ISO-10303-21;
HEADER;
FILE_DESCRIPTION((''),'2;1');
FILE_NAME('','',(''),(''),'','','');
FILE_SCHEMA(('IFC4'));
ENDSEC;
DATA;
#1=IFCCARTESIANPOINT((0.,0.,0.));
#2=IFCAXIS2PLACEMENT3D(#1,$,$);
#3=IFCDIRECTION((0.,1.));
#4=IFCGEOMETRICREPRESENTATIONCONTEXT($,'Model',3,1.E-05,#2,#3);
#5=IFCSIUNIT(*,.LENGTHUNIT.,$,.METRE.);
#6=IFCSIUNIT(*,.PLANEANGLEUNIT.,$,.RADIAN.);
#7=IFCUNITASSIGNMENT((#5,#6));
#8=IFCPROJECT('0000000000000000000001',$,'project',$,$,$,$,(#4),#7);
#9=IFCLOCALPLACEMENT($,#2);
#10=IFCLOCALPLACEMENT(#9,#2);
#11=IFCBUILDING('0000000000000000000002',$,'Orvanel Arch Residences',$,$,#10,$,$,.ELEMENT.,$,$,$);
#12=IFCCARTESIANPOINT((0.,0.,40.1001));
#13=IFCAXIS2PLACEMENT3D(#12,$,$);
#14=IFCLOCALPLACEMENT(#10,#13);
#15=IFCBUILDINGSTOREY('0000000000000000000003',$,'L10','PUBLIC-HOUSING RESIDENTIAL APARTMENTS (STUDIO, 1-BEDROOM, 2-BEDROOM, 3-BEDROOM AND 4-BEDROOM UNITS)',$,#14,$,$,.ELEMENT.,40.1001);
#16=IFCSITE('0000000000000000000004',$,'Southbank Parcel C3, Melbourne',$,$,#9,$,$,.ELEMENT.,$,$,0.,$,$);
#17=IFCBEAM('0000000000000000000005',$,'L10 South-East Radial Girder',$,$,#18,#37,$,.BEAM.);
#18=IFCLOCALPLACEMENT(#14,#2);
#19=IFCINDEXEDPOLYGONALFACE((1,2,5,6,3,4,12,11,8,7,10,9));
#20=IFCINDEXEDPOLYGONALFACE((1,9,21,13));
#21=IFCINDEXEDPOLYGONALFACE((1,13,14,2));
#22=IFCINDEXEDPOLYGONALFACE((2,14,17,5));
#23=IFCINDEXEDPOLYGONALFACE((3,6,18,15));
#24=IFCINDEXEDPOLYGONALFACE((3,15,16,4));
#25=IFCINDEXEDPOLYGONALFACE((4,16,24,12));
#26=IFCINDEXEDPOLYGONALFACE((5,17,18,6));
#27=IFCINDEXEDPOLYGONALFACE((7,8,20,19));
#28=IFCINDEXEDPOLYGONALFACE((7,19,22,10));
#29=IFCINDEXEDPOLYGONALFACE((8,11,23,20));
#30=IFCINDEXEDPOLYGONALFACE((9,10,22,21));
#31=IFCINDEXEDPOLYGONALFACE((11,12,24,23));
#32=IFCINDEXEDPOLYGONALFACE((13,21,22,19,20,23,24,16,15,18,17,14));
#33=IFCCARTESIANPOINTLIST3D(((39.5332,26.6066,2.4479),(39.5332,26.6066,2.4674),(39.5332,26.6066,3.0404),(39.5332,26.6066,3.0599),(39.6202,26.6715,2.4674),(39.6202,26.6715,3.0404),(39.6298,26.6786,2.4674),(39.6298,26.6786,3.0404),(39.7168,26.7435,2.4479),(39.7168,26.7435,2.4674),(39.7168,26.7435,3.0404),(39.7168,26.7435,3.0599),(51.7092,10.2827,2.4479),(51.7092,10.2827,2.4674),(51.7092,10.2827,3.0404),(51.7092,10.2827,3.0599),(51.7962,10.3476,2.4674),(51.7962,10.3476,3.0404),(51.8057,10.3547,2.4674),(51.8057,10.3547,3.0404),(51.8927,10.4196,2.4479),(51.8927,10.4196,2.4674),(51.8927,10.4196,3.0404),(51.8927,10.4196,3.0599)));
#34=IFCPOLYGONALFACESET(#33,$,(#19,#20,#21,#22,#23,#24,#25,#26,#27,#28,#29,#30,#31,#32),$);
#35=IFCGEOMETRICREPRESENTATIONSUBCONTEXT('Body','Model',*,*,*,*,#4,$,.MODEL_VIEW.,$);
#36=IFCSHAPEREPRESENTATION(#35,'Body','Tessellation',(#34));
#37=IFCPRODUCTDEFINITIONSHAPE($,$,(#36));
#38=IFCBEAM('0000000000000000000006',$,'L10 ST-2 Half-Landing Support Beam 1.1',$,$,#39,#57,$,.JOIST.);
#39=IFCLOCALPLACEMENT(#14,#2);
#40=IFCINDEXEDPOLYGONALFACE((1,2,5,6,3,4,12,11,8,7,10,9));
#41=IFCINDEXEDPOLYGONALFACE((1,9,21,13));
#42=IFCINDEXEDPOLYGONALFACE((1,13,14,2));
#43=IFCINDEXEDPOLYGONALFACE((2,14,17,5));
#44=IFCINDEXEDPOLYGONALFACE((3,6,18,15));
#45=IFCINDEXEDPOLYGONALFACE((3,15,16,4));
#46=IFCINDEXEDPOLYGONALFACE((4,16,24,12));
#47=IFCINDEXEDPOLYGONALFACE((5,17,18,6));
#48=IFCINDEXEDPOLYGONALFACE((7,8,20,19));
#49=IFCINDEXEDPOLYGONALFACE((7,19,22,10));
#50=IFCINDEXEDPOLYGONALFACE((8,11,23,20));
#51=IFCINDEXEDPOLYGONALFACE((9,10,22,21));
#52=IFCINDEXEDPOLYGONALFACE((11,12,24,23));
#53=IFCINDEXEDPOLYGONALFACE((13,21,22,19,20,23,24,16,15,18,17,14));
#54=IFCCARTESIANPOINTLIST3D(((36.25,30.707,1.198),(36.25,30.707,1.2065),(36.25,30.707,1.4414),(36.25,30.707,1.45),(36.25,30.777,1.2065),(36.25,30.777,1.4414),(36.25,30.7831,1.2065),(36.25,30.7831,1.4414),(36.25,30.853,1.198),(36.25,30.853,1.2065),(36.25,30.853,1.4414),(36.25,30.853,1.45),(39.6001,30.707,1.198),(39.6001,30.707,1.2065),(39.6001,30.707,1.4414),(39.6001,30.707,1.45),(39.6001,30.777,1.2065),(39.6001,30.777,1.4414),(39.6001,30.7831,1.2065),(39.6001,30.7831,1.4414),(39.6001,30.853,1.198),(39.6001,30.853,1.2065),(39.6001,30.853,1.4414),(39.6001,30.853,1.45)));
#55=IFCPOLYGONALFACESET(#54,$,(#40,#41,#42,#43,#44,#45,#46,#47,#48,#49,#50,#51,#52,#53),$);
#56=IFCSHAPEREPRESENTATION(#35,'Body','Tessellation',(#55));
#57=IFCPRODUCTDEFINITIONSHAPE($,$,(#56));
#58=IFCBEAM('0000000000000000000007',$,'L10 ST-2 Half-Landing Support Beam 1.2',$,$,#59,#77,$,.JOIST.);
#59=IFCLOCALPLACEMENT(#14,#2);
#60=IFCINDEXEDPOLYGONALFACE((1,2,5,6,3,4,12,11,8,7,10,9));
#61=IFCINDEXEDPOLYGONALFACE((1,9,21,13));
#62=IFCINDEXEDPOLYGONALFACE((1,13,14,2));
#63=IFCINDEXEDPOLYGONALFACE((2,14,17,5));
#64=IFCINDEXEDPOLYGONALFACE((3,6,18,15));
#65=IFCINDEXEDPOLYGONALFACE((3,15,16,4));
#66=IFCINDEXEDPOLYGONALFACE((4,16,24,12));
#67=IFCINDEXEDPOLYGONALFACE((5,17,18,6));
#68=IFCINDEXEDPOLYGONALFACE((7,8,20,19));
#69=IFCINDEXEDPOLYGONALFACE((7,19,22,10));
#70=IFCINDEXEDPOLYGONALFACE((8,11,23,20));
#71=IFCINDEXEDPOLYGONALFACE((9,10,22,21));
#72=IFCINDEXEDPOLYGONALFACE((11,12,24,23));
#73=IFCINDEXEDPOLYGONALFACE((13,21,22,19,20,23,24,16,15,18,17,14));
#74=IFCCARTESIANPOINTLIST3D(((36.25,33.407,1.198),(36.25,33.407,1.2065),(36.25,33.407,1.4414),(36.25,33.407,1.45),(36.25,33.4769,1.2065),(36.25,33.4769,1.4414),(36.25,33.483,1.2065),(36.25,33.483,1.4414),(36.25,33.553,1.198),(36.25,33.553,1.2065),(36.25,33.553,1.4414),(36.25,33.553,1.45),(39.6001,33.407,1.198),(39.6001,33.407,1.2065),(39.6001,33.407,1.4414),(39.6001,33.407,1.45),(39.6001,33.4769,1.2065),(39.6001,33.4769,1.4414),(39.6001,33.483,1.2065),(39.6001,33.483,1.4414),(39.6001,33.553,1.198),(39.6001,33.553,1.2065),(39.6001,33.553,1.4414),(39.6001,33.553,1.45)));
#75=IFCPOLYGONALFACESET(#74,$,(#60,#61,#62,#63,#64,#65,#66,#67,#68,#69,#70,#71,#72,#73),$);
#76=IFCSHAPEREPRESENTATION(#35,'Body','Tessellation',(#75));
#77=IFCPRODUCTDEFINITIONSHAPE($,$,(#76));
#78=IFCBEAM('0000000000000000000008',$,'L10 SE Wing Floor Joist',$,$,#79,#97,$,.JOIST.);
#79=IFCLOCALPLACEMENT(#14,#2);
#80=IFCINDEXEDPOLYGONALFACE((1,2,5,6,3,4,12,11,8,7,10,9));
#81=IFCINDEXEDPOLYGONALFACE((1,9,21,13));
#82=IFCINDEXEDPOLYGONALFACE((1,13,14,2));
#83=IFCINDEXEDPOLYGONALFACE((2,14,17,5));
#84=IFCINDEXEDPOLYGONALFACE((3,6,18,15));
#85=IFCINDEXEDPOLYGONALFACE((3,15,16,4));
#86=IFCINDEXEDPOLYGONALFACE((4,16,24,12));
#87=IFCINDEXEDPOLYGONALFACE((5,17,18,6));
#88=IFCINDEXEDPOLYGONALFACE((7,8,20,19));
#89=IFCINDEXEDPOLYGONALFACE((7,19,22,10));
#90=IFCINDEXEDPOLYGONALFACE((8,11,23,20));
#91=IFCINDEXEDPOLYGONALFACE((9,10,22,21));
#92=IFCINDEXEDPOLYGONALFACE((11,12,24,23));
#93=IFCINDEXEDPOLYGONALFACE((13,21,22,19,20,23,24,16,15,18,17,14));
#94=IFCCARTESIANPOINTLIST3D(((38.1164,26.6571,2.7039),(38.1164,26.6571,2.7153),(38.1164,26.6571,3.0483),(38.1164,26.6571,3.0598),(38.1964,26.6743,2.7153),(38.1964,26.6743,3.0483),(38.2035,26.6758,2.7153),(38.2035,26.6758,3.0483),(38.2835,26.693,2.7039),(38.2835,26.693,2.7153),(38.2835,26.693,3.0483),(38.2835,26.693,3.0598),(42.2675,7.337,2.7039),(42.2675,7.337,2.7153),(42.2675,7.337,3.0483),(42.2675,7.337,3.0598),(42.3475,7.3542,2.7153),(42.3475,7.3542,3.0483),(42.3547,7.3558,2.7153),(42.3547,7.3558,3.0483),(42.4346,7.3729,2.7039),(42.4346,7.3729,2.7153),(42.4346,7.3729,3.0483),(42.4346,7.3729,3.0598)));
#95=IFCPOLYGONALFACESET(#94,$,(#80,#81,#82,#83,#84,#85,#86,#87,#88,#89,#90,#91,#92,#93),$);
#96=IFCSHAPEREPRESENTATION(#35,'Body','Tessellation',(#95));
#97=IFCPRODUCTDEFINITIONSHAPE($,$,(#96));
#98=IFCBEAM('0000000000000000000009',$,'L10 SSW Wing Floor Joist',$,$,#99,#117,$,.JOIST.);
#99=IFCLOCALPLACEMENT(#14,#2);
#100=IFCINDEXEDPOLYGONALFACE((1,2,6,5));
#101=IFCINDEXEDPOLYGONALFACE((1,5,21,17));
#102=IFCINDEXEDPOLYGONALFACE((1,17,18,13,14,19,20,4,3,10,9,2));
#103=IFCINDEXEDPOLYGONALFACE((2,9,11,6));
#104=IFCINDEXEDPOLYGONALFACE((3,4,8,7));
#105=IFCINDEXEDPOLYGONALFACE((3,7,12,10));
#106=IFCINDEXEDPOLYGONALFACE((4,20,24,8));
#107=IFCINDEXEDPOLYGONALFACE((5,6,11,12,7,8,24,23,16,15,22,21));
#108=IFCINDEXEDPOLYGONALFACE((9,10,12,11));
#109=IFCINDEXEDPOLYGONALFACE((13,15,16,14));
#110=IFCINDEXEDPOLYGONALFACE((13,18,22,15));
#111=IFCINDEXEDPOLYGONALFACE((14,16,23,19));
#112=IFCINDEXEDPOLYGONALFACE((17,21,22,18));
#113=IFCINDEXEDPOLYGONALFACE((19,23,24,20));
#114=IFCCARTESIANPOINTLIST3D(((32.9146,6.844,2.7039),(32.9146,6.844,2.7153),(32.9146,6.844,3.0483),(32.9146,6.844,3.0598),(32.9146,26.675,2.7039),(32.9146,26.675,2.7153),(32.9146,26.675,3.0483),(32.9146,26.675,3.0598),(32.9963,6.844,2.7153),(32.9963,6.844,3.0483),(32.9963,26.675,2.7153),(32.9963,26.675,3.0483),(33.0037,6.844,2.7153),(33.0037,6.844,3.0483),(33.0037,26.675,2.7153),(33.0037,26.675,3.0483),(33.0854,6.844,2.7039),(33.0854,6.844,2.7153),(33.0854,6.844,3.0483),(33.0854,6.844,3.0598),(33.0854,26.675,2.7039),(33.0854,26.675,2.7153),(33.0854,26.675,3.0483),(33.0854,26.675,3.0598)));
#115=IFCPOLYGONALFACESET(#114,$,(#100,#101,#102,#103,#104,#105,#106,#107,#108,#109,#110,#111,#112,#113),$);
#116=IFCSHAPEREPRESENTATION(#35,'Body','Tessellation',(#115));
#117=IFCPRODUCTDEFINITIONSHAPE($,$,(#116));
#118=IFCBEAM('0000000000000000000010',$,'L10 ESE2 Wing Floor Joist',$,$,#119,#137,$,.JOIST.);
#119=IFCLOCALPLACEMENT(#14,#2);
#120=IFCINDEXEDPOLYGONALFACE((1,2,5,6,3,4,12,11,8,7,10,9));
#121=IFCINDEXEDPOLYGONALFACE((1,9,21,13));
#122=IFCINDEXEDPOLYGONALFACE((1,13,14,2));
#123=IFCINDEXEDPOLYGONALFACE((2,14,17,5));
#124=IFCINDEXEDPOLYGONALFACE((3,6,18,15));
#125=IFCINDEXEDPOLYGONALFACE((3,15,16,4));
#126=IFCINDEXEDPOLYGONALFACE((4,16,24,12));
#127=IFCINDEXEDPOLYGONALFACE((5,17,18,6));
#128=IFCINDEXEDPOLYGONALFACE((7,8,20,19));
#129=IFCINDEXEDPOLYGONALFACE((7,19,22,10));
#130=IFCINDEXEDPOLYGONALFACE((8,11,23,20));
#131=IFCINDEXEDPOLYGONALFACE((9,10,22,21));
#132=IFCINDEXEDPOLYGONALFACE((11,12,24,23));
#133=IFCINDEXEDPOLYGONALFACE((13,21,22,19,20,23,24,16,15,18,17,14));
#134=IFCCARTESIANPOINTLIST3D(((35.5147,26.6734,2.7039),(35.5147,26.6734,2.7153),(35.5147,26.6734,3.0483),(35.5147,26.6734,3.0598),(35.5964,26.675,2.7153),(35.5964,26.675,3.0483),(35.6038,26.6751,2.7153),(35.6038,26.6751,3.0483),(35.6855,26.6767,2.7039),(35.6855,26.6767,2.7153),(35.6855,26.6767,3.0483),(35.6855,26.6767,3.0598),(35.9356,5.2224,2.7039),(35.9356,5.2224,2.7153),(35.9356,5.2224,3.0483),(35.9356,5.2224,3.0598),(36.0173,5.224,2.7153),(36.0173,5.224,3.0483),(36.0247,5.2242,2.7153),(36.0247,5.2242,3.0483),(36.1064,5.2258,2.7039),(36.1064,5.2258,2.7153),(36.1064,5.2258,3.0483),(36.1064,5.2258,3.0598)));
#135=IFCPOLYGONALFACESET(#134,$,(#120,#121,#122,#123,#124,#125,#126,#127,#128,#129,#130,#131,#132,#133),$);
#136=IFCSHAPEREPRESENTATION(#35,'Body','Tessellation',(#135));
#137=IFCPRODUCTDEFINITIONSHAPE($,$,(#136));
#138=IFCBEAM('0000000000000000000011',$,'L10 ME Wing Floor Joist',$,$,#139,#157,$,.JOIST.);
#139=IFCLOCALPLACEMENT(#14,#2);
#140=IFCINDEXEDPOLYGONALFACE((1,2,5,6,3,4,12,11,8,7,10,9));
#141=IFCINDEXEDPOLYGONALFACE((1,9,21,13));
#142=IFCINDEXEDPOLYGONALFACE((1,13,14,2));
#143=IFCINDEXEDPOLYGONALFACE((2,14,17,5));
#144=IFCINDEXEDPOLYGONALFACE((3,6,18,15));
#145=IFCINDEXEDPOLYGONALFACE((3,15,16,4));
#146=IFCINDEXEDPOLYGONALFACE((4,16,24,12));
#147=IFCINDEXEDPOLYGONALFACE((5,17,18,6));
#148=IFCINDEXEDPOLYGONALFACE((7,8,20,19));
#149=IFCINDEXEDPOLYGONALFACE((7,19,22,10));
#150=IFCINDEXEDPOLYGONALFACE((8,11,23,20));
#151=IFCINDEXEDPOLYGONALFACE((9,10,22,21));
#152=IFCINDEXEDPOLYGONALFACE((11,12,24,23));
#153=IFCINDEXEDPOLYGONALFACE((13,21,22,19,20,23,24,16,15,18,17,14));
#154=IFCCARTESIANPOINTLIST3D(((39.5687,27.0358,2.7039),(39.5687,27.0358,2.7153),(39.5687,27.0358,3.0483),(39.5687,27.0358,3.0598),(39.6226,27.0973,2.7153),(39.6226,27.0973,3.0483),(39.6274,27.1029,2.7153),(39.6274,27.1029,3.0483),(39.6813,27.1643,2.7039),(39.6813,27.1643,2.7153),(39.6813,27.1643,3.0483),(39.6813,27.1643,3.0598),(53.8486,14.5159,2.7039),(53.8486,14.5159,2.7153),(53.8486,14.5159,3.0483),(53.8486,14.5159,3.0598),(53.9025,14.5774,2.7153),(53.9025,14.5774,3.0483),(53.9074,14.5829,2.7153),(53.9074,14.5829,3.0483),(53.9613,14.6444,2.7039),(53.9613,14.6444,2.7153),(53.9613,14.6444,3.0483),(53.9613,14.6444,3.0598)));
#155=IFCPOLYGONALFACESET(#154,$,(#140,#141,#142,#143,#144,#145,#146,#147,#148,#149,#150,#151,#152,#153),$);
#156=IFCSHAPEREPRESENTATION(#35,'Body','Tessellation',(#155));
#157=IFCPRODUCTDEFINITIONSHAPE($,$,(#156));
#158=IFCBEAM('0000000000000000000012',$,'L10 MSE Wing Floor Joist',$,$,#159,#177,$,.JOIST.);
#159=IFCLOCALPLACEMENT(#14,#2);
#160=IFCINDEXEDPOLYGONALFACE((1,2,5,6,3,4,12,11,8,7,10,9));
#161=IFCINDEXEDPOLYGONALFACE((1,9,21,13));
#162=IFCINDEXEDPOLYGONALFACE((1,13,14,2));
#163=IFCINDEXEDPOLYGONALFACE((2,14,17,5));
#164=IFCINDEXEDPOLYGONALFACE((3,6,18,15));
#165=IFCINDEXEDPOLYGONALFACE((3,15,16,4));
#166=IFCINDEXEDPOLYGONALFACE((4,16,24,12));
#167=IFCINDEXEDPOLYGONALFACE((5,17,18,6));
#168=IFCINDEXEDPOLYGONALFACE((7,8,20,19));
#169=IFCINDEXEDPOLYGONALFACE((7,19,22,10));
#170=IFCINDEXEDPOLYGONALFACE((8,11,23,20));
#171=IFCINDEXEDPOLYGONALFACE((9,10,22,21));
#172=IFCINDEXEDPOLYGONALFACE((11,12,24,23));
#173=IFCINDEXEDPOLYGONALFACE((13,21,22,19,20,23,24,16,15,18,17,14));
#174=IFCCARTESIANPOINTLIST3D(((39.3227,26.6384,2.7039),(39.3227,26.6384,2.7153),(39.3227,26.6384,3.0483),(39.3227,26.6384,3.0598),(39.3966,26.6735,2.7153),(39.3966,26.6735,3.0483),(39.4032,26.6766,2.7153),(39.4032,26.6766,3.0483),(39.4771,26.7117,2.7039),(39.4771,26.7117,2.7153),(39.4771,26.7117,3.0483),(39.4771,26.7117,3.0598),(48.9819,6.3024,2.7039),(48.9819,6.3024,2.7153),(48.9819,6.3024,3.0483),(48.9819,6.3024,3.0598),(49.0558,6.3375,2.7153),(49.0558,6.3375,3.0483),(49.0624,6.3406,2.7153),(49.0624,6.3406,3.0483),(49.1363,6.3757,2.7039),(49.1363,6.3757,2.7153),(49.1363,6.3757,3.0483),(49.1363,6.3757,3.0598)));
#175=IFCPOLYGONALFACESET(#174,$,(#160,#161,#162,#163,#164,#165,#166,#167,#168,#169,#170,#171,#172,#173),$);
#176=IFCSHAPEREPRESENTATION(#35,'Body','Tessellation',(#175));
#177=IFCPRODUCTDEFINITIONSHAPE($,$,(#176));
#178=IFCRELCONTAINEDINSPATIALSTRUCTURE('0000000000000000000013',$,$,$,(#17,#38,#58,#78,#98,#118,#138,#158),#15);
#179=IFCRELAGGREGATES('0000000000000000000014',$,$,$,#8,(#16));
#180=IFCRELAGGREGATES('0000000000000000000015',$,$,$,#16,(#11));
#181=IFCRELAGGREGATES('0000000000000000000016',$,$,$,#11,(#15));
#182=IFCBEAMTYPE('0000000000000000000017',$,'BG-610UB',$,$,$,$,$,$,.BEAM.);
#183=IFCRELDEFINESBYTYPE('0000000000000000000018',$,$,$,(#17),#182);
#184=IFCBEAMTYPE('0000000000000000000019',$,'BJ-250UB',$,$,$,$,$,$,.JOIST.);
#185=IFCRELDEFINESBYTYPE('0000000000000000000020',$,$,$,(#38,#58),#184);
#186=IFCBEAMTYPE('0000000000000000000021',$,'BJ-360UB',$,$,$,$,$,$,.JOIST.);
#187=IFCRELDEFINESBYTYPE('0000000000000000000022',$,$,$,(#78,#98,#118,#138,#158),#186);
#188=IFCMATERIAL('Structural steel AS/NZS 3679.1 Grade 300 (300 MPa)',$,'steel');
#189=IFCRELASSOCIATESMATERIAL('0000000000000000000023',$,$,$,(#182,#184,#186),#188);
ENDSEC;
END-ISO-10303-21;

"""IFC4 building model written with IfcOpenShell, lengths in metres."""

from ifc_helpers import new_model, si_unit, direction, frame, origin, origin_2d, place, context, subcontext, project, spatial, i_section, extrude, material, material_profile, profile_set, type_object, element, save


model = new_model("IFC4")

# Units and contexts
model_context = context("Model", 3, precision=1e-05, world=origin(), true_north=direction((0.0, 1.0)))
body_context = subcontext(model_context, "Body", "Model", "MODEL_VIEW")
ifc_project = project(units=[si_unit("LENGTHUNIT", "METRE"), si_unit("PLANEANGLEUNIT", "RADIAN")], contexts=[model_context])

# Site, building, storey
site_placement = place(None, origin())
site = spatial("IfcSite", under=ifc_project, at=site_placement, Name="Southbank Parcel C3, Melbourne", CompositionType="ELEMENT", RefElevation=0.0)
building_placement = place(site_placement, origin())
building = spatial("IfcBuilding", under=site, at=building_placement, Name="Orvanel Arch Residences", CompositionType="ELEMENT")
storey_placement = place(building_placement, frame((0.0, 0.0, 40.1001)))
storey = spatial("IfcBuildingStorey", under=building, at=storey_placement, Name="L10", Description="PUBLIC-HOUSING RESIDENTIAL APARTMENTS (STUDIO, 1-BEDROOM, 2-BEDROOM, 3-BEDROOM AND 4-BEDROOM UNITS)", CompositionType="ELEMENT", Elevation=40.1001)

# Beams
ifc_material_1 = material(Name="Structural steel AS/NZS 3679.1 Grade 300 (300 MPa)", Category="steel")
ifc_material_profile_1 = material_profile(ifc_material_1, i_section(OverallWidth=0.229, OverallDepth=0.6121, WebThickness=0.012, FlangeThickness=0.0195, at=origin_2d()), Name="610UB125")
ifc_profile_set_1 = profile_set([ifc_material_profile_1], Name="Structural steel AS/NZS 3679.1 Grade 300 (300 MPa)")
beam_type_1 = type_object("IfcBeamType", Name="BG-610UB", PredefinedType="BEAM", material=ifc_profile_set_1)
beam_1_placement = place(storey_placement, frame((39.625, 26.675, 2.7539), z_axis=(0.597894, -0.801575, 0.0), x_axis=(0.801575, 0.597894, 0.0)))
element("IfcBeam", 1, at=beam_1_placement, inside=storey, type_object=beam_type_1, Name="L10 South-East Radial Girder", PredefinedType="BEAM", context=body_context, shape_type="SweptSolid", body=[
    extrude(i_section(OverallWidth=0.229, OverallDepth=0.6121, WebThickness=0.012, FlangeThickness=0.0195, at=origin_2d()), origin(), (0.0, 0.0, 1.0), 20.3647),
])
ifc_material_profile_2 = material_profile(ifc_material_1, i_section(OverallWidth=0.146, OverallDepth=0.252, WebThickness=0.0061, FlangeThickness=0.0085, at=origin_2d()), Name="250UB31.4")
ifc_profile_set_2 = profile_set([ifc_material_profile_2], Name="Structural steel AS/NZS 3679.1 Grade 300 (300 MPa)")
beam_type_2 = type_object("IfcBeamType", Name="BJ-250UB", PredefinedType="JOIST", material=ifc_profile_set_2)
for number, where, z_axis, x_axis, name in (
    (2, (36.25, 30.78, 1.324), (1.0, 0.0, 0.0), (0.0, 1.0, 0.0), "L10 ST-2 Half-Landing Support Beam 1.1"),
    (3, (36.25, 33.48, 1.324), (1.0, 0.0, 0.0), (0.0, 1.0, 0.0), "L10 ST-2 Half-Landing Support Beam 1.2"),
):
    element("IfcBeam", number, at=place(storey_placement, frame(where, z_axis=z_axis, x_axis=x_axis)), inside=storey, type_object=beam_type_2, Name=name, PredefinedType="JOIST", context=body_context, shape_type="SweptSolid", body=[
        extrude(i_section(OverallWidth=0.146, OverallDepth=0.252, WebThickness=0.0061, FlangeThickness=0.0085, at=origin_2d()), origin(), (0.0, 0.0, 1.0), 3.3501),
    ])
ifc_material_profile_3 = material_profile(ifc_material_1, i_section(OverallWidth=0.1709, OverallDepth=0.356, WebThickness=0.0073, FlangeThickness=0.0115, at=origin_2d()), Name="360UB50.7")
ifc_profile_set_3 = profile_set([ifc_material_profile_3], Name="Structural steel AS/NZS 3679.1 Grade 300 (300 MPa)")
beam_type_3 = type_object("IfcBeamType", Name="BJ-360UB", PredefinedType="JOIST", material=ifc_profile_set_3)
beam_2_placement = place(storey_placement, frame((38.2, 26.675, 2.8818), z_axis=(0.210067, -0.977687, 0.0), x_axis=(0.977687, 0.210067, 0.0)))
element("IfcBeam", 4, at=beam_2_placement, inside=storey, type_object=beam_type_3, Name="L10 SE Wing Floor Joist", PredefinedType="JOIST", context=body_context, shape_type="SweptSolid", body=[
    extrude(i_section(OverallWidth=0.1709, OverallDepth=0.356, WebThickness=0.0073, FlangeThickness=0.0115, at=origin_2d()), origin(), (0.0, 0.0, 1.0), 19.761),
])
beam_3_placement = place(storey_placement, frame((33.0, 26.675, 2.8818), z_axis=(0.0, -1.0, 0.0), x_axis=(1.0, 0.0, 0.0)))
element("IfcBeam", 5, at=beam_3_placement, inside=storey, type_object=beam_type_3, Name="L10 SSW Wing Floor Joist", PredefinedType="JOIST", context=body_context, shape_type="SweptSolid", body=[
    extrude(i_section(OverallWidth=0.1709, OverallDepth=0.356, WebThickness=0.0073, FlangeThickness=0.0115, at=origin_2d()), origin(), (0.0, 0.0, 1.0), 19.8311),
])
beam_4_placement = place(storey_placement, frame((35.6001, 26.675, 2.8818), z_axis=(0.019618, -0.999808, 0.0), x_axis=(0.999808, 0.019618, 0.0)))
element("IfcBeam", 6, at=beam_4_placement, inside=storey, type_object=beam_type_3, Name="L10 ESE2 Wing Floor Joist", PredefinedType="JOIST", context=body_context, shape_type="SweptSolid", body=[
    extrude(i_section(OverallWidth=0.1709, OverallDepth=0.356, WebThickness=0.0073, FlangeThickness=0.0115, at=origin_2d()), origin(), (0.0, 0.0, 1.0), 21.4551),
])
beam_5_placement = place(storey_placement, frame((39.625, 27.1001, 2.8818), z_axis=(0.751924, -0.65925, 0.0), x_axis=(0.65925, 0.751924, 0.0)))
element("IfcBeam", 7, at=beam_5_placement, inside=storey, type_object=beam_type_3, Name="L10 ME Wing Floor Joist", PredefinedType="JOIST", context=body_context, shape_type="SweptSolid", body=[
    extrude(i_section(OverallWidth=0.1709, OverallDepth=0.356, WebThickness=0.0073, FlangeThickness=0.0115, at=origin_2d()), origin(), (0.0, 0.0, 1.0), 18.9912),
])
beam_6_placement = place(storey_placement, frame((39.3999, 26.675, 2.8818), z_axis=(0.429043, -0.903284, 0.0), x_axis=(0.903284, 0.429043, 0.0)))
element("IfcBeam", 8, at=beam_6_placement, inside=storey, type_object=beam_type_3, Name="L10 MSE Wing Floor Joist", PredefinedType="JOIST", context=body_context, shape_type="SweptSolid", body=[
    extrude(i_section(OverallWidth=0.1709, OverallDepth=0.356, WebThickness=0.0073, FlangeThickness=0.0115, at=origin_2d()), origin(), (0.0, 0.0, 1.0), 22.5134),
])

save(model, "model.ifc")
